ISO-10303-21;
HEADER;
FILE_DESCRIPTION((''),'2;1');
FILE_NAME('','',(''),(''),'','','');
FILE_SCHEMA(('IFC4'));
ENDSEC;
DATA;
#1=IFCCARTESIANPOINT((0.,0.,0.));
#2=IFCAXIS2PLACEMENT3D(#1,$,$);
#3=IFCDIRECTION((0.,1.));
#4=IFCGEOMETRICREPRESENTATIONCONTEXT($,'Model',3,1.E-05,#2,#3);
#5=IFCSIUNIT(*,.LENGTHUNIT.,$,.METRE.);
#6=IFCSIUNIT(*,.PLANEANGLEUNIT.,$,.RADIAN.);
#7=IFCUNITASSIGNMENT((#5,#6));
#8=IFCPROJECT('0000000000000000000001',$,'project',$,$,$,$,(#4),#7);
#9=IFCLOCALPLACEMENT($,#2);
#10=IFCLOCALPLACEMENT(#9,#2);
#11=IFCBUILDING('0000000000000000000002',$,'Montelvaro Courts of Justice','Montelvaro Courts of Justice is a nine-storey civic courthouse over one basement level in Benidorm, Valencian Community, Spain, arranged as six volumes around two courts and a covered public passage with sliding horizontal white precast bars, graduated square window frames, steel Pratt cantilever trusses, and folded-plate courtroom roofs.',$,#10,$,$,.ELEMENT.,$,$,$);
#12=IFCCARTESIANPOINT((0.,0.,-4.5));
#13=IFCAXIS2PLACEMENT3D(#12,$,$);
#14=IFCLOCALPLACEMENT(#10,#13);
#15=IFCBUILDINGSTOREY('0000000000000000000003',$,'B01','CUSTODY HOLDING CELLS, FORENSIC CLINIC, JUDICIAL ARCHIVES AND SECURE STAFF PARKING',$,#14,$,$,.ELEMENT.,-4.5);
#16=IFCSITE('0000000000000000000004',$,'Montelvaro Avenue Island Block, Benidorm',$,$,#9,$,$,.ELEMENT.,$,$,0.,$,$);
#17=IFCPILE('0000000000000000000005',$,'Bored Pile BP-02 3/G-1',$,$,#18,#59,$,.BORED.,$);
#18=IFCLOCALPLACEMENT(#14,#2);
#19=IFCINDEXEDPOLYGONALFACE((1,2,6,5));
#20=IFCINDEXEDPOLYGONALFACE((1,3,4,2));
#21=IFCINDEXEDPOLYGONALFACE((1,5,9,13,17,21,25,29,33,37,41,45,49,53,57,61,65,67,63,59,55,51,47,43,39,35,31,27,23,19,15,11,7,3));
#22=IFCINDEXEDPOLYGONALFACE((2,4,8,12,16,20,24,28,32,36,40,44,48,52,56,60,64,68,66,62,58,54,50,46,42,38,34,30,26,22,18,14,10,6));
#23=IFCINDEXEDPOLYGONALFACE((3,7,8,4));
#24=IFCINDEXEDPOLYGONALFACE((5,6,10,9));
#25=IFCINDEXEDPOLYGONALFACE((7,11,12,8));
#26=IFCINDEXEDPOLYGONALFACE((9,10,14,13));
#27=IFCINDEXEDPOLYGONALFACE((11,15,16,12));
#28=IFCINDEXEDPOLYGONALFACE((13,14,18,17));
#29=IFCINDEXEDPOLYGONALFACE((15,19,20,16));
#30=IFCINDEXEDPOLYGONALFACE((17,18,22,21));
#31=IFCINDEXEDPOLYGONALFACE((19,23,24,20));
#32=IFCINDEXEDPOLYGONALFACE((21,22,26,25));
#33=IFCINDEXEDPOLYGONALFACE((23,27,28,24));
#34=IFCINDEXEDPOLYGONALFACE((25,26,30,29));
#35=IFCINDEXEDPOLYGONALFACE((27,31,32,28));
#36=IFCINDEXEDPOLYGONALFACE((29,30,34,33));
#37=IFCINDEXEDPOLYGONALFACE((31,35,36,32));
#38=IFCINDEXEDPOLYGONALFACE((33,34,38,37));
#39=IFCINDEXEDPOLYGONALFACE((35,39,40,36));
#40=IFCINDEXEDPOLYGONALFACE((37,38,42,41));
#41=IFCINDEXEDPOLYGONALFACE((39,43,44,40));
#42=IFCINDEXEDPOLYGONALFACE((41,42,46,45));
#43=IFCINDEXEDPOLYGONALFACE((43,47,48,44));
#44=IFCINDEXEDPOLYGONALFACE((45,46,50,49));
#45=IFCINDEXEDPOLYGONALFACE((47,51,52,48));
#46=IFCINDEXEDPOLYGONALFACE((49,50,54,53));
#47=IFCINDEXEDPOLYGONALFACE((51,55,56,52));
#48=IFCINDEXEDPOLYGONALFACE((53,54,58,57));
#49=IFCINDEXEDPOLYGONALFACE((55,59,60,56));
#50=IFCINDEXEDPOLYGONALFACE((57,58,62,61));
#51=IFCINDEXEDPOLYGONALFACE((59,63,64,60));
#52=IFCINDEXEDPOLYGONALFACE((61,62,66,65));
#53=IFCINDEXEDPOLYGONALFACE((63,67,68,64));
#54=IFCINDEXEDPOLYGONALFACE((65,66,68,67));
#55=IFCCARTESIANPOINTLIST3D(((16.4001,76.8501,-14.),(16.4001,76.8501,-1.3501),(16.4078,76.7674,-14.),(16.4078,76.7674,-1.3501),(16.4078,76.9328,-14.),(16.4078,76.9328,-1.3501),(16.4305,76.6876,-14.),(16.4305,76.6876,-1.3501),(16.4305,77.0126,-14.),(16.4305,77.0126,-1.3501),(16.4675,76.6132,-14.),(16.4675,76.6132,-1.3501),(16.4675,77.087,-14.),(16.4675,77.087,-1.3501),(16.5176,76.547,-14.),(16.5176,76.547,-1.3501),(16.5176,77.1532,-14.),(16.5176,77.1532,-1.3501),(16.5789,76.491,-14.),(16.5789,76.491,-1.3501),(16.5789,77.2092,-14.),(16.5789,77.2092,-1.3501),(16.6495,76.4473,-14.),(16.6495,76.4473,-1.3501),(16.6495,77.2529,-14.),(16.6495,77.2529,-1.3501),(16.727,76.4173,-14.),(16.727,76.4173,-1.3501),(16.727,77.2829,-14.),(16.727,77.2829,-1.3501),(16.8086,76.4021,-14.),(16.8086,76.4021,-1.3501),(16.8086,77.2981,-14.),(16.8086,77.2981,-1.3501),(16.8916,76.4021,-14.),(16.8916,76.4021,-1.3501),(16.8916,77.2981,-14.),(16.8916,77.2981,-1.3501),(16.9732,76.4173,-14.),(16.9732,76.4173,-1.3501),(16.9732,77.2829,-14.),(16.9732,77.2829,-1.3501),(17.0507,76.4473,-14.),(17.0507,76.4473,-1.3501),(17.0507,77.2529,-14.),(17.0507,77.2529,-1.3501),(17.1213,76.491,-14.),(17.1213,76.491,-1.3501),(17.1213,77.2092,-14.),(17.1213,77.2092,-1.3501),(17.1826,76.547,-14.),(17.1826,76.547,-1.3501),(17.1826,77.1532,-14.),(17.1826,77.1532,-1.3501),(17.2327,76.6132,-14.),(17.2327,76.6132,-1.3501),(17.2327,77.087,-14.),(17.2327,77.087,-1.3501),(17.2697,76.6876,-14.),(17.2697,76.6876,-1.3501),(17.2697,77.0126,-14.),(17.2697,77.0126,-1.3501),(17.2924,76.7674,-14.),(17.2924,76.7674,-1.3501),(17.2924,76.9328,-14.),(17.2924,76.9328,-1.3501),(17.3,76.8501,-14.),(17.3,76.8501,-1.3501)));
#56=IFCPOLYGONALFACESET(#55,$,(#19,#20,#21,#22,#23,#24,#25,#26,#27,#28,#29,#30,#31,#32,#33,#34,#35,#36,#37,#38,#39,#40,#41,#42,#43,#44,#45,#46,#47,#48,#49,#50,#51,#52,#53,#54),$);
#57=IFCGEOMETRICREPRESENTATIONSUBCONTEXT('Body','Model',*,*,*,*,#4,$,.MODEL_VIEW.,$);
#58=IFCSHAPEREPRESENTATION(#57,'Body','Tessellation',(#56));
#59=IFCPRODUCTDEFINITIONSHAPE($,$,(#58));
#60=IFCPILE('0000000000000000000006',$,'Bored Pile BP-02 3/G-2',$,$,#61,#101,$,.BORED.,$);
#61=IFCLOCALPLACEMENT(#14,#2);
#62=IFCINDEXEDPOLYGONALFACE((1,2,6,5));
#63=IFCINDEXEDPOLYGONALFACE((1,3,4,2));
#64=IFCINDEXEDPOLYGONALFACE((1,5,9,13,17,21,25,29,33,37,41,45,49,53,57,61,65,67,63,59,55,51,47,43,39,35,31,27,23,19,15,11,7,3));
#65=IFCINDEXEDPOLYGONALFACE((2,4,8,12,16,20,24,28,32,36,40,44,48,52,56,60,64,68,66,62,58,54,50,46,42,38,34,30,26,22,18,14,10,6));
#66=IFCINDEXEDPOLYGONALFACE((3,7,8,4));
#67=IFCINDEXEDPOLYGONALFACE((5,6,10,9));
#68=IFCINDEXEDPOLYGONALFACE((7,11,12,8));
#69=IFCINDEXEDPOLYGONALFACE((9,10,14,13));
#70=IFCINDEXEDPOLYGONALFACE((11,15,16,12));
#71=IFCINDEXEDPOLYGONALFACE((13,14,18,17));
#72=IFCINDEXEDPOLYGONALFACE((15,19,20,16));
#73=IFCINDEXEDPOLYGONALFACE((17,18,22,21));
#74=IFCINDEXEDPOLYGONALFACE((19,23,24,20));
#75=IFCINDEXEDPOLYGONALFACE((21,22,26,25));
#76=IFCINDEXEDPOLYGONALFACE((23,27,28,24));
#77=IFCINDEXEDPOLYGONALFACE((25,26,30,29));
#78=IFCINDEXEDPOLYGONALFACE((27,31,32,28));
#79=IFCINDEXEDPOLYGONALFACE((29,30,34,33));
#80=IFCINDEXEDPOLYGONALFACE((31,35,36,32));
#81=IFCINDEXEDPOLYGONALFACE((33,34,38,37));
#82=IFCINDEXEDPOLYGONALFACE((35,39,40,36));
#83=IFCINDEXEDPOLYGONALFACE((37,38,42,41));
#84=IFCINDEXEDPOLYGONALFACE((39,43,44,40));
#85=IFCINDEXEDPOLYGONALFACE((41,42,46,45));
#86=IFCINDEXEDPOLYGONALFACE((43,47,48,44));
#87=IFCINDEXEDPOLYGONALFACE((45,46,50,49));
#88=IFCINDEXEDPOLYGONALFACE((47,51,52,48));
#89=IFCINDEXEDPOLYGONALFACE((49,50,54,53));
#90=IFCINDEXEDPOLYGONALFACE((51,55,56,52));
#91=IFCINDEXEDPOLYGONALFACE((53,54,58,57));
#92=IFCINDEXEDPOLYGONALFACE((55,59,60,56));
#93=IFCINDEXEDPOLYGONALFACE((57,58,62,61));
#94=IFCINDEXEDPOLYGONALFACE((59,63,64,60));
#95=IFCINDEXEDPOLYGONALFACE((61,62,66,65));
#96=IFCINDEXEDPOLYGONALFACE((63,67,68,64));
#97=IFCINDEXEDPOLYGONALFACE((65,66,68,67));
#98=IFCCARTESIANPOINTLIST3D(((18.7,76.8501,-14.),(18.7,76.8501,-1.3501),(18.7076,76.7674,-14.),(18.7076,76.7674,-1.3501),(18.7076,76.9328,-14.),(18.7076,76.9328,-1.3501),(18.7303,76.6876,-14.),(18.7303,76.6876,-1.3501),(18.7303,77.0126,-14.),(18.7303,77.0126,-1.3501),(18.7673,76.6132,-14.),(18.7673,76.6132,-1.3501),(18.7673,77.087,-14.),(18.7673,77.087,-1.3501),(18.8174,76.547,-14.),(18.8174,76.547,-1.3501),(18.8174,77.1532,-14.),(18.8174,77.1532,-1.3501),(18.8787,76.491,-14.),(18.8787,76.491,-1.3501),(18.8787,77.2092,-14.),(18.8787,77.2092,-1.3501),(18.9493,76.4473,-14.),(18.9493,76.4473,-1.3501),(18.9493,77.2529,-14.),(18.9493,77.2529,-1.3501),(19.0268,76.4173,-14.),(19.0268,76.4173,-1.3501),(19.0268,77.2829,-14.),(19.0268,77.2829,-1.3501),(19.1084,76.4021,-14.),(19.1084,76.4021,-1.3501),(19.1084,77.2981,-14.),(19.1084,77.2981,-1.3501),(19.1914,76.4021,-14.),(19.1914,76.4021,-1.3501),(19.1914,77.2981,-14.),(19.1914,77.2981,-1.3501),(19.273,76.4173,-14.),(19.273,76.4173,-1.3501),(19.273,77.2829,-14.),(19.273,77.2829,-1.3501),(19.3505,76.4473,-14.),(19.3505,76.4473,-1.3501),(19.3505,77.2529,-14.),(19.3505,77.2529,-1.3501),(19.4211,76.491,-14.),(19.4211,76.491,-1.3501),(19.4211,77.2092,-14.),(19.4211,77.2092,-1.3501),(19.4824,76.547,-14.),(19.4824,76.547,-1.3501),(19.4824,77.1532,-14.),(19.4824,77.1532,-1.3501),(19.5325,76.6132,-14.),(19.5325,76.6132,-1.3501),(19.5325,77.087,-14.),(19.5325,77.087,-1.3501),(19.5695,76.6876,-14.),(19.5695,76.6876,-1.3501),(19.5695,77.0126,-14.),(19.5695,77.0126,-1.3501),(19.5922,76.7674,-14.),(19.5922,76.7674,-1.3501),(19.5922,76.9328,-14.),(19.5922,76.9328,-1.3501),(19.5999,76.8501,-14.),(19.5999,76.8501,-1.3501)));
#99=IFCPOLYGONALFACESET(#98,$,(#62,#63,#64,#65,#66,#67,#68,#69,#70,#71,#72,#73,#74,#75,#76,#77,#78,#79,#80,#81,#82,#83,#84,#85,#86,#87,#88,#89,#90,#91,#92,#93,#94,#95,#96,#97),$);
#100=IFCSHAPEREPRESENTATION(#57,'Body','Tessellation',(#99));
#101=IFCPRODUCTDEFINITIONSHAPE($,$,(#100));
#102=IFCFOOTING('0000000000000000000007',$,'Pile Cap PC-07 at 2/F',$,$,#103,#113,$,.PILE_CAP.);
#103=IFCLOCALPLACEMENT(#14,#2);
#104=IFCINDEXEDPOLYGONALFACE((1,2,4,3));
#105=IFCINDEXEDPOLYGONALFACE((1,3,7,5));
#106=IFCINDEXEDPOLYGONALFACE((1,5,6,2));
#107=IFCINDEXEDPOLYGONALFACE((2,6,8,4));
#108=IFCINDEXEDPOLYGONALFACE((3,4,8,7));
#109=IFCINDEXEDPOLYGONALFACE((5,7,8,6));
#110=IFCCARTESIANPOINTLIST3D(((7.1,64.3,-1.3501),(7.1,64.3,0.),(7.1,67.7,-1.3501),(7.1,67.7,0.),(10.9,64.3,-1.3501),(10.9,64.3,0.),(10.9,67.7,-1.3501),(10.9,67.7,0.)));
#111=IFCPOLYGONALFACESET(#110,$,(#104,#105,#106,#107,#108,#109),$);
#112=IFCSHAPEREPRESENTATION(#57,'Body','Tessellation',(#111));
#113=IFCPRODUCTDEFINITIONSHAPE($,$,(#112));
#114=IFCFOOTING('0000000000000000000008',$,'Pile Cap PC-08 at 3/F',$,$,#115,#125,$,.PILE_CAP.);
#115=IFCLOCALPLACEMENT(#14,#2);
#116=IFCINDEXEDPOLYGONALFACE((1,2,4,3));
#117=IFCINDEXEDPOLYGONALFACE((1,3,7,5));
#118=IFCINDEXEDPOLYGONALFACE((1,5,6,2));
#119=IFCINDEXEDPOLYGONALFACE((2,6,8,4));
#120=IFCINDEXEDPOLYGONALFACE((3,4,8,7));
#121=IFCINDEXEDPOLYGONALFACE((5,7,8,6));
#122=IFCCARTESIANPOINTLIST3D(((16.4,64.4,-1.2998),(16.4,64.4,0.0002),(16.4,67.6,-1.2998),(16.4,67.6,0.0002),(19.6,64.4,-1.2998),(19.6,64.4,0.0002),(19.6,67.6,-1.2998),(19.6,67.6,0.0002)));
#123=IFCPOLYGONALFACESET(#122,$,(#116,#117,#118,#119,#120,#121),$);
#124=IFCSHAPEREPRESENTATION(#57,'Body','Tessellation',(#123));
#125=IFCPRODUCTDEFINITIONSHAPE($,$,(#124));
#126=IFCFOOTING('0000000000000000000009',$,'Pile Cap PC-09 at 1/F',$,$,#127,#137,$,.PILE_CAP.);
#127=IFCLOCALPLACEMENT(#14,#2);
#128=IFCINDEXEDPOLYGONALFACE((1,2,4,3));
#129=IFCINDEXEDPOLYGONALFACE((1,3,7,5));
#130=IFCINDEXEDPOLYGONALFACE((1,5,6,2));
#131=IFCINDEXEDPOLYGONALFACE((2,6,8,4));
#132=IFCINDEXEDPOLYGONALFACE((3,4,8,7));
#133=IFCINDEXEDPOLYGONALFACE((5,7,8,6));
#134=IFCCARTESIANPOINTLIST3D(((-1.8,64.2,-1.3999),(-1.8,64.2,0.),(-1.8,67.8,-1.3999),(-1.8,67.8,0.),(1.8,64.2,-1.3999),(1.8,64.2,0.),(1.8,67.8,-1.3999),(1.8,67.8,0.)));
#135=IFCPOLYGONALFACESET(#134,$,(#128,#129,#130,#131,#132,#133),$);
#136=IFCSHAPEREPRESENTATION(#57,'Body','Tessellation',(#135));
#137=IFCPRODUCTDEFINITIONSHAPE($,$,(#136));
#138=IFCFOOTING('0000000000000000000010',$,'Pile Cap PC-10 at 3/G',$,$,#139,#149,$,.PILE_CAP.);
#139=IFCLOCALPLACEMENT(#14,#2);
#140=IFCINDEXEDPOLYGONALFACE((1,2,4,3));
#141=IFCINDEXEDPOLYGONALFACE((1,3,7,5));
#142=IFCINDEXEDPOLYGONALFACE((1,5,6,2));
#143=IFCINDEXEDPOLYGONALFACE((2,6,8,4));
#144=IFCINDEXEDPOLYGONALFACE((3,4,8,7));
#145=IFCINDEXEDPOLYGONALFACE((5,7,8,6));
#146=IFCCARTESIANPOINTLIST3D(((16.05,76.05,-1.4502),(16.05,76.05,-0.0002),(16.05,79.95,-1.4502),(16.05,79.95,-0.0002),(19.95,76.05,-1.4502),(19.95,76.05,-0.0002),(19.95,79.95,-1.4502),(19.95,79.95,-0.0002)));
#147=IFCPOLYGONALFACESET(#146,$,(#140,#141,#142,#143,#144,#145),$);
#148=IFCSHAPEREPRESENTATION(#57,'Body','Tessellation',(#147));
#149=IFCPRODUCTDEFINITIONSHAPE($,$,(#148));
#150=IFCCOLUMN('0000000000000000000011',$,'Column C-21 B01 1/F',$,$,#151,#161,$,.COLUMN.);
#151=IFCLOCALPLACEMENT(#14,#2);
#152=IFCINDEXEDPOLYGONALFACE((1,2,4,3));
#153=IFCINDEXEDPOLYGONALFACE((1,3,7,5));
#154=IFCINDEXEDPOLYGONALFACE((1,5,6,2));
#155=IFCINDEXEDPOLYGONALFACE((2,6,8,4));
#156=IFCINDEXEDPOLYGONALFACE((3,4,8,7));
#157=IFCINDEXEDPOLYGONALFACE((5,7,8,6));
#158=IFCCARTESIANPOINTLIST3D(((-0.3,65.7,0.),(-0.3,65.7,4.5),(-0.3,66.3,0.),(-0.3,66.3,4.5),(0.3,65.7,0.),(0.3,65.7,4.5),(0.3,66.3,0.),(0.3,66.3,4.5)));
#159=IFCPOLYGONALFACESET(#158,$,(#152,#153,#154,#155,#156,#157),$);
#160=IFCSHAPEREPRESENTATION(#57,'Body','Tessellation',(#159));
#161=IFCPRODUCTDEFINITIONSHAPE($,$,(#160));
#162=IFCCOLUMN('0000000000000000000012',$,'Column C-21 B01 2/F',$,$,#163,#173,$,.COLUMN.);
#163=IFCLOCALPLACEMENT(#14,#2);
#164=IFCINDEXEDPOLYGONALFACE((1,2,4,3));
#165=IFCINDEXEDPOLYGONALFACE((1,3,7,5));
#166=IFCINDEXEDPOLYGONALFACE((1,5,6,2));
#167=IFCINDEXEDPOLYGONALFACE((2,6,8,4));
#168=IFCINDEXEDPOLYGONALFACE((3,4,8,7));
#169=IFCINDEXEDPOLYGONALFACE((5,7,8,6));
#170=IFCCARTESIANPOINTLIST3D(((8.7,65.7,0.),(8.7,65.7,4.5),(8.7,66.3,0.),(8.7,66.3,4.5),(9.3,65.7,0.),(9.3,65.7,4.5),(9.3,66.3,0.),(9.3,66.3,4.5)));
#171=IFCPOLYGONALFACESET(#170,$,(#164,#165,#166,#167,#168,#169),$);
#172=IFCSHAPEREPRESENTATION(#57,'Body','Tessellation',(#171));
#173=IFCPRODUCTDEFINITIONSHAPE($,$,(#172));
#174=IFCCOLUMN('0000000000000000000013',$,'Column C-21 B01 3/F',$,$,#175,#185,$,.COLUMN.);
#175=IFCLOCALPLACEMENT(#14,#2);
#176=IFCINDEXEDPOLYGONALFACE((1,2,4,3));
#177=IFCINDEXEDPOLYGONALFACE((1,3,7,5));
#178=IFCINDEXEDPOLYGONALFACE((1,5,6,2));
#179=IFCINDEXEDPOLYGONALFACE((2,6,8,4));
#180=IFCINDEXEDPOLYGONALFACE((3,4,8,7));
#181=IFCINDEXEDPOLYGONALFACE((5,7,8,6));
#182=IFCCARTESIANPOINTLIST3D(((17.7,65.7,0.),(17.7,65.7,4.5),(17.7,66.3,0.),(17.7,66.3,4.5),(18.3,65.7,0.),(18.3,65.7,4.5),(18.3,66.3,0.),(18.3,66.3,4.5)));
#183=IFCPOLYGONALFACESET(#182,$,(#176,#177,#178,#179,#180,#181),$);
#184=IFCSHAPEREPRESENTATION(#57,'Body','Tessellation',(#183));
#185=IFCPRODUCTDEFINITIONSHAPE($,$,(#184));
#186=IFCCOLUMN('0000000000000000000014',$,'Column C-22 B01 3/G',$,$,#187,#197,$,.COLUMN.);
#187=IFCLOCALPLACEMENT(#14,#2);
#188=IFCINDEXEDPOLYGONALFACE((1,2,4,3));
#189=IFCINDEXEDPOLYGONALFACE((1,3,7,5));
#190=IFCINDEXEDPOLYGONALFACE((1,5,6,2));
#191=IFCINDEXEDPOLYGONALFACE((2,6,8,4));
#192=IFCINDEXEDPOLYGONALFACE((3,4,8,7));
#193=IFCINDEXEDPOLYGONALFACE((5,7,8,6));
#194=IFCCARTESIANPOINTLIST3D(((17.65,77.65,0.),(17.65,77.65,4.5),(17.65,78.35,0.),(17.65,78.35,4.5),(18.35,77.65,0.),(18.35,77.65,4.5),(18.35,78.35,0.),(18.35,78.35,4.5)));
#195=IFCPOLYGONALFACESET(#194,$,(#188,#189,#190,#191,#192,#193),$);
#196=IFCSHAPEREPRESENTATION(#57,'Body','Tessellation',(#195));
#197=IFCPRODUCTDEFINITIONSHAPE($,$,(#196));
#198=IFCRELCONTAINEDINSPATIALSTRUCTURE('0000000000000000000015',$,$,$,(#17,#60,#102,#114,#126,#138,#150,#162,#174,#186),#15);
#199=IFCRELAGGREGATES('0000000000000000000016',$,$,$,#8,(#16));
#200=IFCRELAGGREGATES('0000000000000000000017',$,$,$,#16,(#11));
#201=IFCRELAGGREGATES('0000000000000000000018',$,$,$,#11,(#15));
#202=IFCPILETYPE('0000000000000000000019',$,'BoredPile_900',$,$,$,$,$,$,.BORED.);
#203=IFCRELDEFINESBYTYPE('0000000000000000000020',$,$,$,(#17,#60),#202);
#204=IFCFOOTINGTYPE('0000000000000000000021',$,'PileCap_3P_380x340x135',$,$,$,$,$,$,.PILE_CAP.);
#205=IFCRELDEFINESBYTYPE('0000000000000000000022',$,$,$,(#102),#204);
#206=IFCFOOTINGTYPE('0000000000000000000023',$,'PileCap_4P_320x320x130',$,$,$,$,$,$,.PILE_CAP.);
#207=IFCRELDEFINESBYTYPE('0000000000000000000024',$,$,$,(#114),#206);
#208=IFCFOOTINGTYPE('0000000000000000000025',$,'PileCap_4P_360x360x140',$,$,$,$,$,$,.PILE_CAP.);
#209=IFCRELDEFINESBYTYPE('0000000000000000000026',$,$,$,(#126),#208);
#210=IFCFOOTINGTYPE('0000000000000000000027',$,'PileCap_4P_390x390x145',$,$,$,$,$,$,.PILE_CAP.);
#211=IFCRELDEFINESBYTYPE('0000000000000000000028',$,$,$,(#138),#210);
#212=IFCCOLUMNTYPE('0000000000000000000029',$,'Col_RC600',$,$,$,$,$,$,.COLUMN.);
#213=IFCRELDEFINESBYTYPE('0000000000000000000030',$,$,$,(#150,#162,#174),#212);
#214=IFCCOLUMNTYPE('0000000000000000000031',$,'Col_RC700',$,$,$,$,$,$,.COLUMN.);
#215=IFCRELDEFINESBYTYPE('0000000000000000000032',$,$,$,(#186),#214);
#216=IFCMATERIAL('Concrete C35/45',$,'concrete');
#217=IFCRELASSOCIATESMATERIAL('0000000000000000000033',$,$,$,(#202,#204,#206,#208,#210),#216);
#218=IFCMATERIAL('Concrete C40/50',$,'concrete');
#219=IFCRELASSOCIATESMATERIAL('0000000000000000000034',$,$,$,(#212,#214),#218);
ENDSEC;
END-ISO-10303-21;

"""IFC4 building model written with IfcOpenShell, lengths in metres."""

from ifc_helpers import new_model, si_unit, direction, frame, origin, origin_2d, place, context, subcontext, project, spatial, rectangle, circle, extrude, material, material_profile, profile_set, type_object, element, save


model = new_model("IFC4")

# Units and contexts
model_context = context("Model", 3, precision=1e-05, world=origin(), true_north=direction((0.0, 1.0)))
body_context = subcontext(model_context, "Body", "Model", "MODEL_VIEW")
ifc_project = project(units=[si_unit("LENGTHUNIT", "METRE"), si_unit("PLANEANGLEUNIT", "RADIAN")], contexts=[model_context])

# Site, building, storey
site_placement = place(None, origin())
site = spatial("IfcSite", under=ifc_project, at=site_placement, Name="Montelvaro Avenue Island Block, Benidorm", CompositionType="ELEMENT", RefElevation=0.0)
building_placement = place(site_placement, origin())
building = spatial("IfcBuilding", under=site, at=building_placement, Name="Montelvaro Courts of Justice", Description="Montelvaro Courts of Justice is a nine-storey civic courthouse over one basement level in Benidorm, Valencian Community, Spain, arranged as six volumes around two courts and a covered public passage with sliding horizontal white precast bars, graduated square window frames, steel Pratt cantilever trusses, and folded-plate courtroom roofs.", CompositionType="ELEMENT")
storey_placement = place(building_placement, frame((0.0, 0.0, -4.5)))
storey = spatial("IfcBuildingStorey", under=building, at=storey_placement, Name="B01", Description="CUSTODY HOLDING CELLS, FORENSIC CLINIC, JUDICIAL ARCHIVES AND SECURE STAFF PARKING", CompositionType="ELEMENT", Elevation=-4.5)

# Piles
ifc_material_1 = material(Name="Concrete C35/45", Category="concrete")
ifc_material_profile_1 = material_profile(ifc_material_1, circle(Radius=0.45, at=origin_2d()), Name="BORED PILE D900")
ifc_profile_set_1 = profile_set([ifc_material_profile_1], Name="Concrete C35/45")
pile_type_1 = type_object("IfcPileType", Name="BoredPile_900", PredefinedType="BORED", material=ifc_profile_set_1)
for number, where, z_axis, x_axis, name in (
    (1, (16.8501, 76.8501, -1.3501), (0.0, 0.0, -1.0), (1.0, 0.0, 0.0), "Bored Pile BP-02 3/G-1"),
    (2, (19.1499, 76.8501, -1.3501), (0.0, 0.0, -1.0), (1.0, 0.0, 0.0), "Bored Pile BP-02 3/G-2"),
):
    element("IfcPile", number, at=place(storey_placement, frame(where, z_axis=z_axis, x_axis=x_axis)), inside=storey, type_object=pile_type_1, Name=name, PredefinedType="BORED", context=body_context, shape_type="SweptSolid", body=[
        extrude(circle(Radius=0.45, at=origin_2d()), origin(), (0.0, 0.0, 1.0), 12.6499),
    ])

# Footings
footing_type_1 = type_object("IfcFootingType", Name="PileCap_3P_380x340x135", PredefinedType="PILE_CAP", material=ifc_material_1)
footing_1_placement = place(storey_placement, frame((9.0, 66.0, -1.3501), z_axis=(0.0, 0.0, 1.0), x_axis=(1.0, 0.0, 0.0)))
element("IfcFooting", 3, at=footing_1_placement, inside=storey, type_object=footing_type_1, Name="Pile Cap PC-07 at 2/F", PredefinedType="PILE_CAP", context=body_context, shape_type="SweptSolid", body=[
    extrude(rectangle(XDim=3.8, YDim=3.3999, at=origin_2d()), origin(), (0.0, 0.0, 1.0), 1.3501),
])
footing_type_2 = type_object("IfcFootingType", Name="PileCap_4P_320x320x130", PredefinedType="PILE_CAP", material=ifc_material_1)
footing_2_placement = place(storey_placement, frame((18.0, 66.0, -1.2998), z_axis=(0.0, 0.0, 1.0), x_axis=(1.0, 0.0, 0.0)))
element("IfcFooting", 4, at=footing_2_placement, inside=storey, type_object=footing_type_2, Name="Pile Cap PC-08 at 3/F", PredefinedType="PILE_CAP", context=body_context, shape_type="SweptSolid", body=[
    extrude(rectangle(XDim=3.2, YDim=3.2, at=origin_2d()), origin(), (0.0, 0.0, 1.0), 1.3),
])
footing_type_3 = type_object("IfcFootingType", Name="PileCap_4P_360x360x140", PredefinedType="PILE_CAP", material=ifc_material_1)
footing_3_placement = place(storey_placement, frame((0.0, 66.0, -1.3999), z_axis=(0.0, 0.0, 1.0), x_axis=(1.0, 0.0, 0.0)))
element("IfcFooting", 5, at=footing_3_placement, inside=storey, type_object=footing_type_3, Name="Pile Cap PC-09 at 1/F", PredefinedType="PILE_CAP", context=body_context, shape_type="SweptSolid", body=[
    extrude(rectangle(XDim=3.6001, YDim=3.6001, at=origin_2d()), origin(), (0.0, 0.0, 1.0), 1.3999),
])
footing_type_4 = type_object("IfcFootingType", Name="PileCap_4P_390x390x145", PredefinedType="PILE_CAP", material=ifc_material_1)
footing_4_placement = place(storey_placement, frame((18.0, 78.0, -1.4502), z_axis=(0.0, 0.0, 1.0), x_axis=(1.0, 0.0, 0.0)))
element("IfcFooting", 6, at=footing_4_placement, inside=storey, type_object=footing_type_4, Name="Pile Cap PC-10 at 3/G", PredefinedType="PILE_CAP", context=body_context, shape_type="SweptSolid", body=[
    extrude(rectangle(XDim=3.8999, YDim=3.8999, at=origin_2d()), origin(), (0.0, 0.0, 1.0), 1.45),
])

# Columns
ifc_material_2 = material(Name="Concrete C40/50", Category="concrete")
ifc_material_profile_2 = material_profile(ifc_material_2, rectangle(XDim=0.6001, YDim=0.6001, at=origin_2d()), Name="RC 600x600")
ifc_profile_set_2 = profile_set([ifc_material_profile_2], Name="Concrete C40/50")
column_type_1 = type_object("IfcColumnType", Name="Col_RC600", PredefinedType="COLUMN", material=ifc_profile_set_2)
for number, where, z_axis, x_axis, name in (
    (7, (0.0, 66.0, 0.0), (0.0, 0.0, 1.0), (1.0, 0.0, 0.0), "Column C-21 B01 1/F"),
    (8, (9.0, 66.0, 0.0), (0.0, 0.0, 1.0), (1.0, 0.0, 0.0), "Column C-21 B01 2/F"),
    (9, (18.0, 66.0, 0.0), (0.0, 0.0, 1.0), (1.0, 0.0, 0.0), "Column C-21 B01 3/F"),
):
    element("IfcColumn", number, at=place(storey_placement, frame(where, z_axis=z_axis, x_axis=x_axis)), inside=storey, type_object=column_type_1, Name=name, PredefinedType="COLUMN", context=body_context, shape_type="SweptSolid", body=[
        extrude(rectangle(XDim=0.6001, YDim=0.6001, at=origin_2d()), origin(), (0.0, 0.0, 1.0), 4.5),
    ])
ifc_material_profile_3 = material_profile(ifc_material_2, rectangle(XDim=0.7, YDim=0.7, at=origin_2d()), Name="RC 700x700")
ifc_profile_set_3 = profile_set([ifc_material_profile_3], Name="Concrete C40/50")
column_type_2 = type_object("IfcColumnType", Name="Col_RC700", PredefinedType="COLUMN", material=ifc_profile_set_3)
column_placement = place(storey_placement, frame((18.0, 78.0, 0.0), z_axis=(0.0, 0.0, 1.0), x_axis=(1.0, 0.0, 0.0)))
element("IfcColumn", 10, at=column_placement, inside=storey, type_object=column_type_2, Name="Column C-22 B01 3/G", PredefinedType="COLUMN", context=body_context, shape_type="SweptSolid", body=[
    extrude(rectangle(XDim=0.7, YDim=0.7, at=origin_2d()), origin(), (0.0, 0.0, 1.0), 4.5),
])

save(model, "model.ifc")
